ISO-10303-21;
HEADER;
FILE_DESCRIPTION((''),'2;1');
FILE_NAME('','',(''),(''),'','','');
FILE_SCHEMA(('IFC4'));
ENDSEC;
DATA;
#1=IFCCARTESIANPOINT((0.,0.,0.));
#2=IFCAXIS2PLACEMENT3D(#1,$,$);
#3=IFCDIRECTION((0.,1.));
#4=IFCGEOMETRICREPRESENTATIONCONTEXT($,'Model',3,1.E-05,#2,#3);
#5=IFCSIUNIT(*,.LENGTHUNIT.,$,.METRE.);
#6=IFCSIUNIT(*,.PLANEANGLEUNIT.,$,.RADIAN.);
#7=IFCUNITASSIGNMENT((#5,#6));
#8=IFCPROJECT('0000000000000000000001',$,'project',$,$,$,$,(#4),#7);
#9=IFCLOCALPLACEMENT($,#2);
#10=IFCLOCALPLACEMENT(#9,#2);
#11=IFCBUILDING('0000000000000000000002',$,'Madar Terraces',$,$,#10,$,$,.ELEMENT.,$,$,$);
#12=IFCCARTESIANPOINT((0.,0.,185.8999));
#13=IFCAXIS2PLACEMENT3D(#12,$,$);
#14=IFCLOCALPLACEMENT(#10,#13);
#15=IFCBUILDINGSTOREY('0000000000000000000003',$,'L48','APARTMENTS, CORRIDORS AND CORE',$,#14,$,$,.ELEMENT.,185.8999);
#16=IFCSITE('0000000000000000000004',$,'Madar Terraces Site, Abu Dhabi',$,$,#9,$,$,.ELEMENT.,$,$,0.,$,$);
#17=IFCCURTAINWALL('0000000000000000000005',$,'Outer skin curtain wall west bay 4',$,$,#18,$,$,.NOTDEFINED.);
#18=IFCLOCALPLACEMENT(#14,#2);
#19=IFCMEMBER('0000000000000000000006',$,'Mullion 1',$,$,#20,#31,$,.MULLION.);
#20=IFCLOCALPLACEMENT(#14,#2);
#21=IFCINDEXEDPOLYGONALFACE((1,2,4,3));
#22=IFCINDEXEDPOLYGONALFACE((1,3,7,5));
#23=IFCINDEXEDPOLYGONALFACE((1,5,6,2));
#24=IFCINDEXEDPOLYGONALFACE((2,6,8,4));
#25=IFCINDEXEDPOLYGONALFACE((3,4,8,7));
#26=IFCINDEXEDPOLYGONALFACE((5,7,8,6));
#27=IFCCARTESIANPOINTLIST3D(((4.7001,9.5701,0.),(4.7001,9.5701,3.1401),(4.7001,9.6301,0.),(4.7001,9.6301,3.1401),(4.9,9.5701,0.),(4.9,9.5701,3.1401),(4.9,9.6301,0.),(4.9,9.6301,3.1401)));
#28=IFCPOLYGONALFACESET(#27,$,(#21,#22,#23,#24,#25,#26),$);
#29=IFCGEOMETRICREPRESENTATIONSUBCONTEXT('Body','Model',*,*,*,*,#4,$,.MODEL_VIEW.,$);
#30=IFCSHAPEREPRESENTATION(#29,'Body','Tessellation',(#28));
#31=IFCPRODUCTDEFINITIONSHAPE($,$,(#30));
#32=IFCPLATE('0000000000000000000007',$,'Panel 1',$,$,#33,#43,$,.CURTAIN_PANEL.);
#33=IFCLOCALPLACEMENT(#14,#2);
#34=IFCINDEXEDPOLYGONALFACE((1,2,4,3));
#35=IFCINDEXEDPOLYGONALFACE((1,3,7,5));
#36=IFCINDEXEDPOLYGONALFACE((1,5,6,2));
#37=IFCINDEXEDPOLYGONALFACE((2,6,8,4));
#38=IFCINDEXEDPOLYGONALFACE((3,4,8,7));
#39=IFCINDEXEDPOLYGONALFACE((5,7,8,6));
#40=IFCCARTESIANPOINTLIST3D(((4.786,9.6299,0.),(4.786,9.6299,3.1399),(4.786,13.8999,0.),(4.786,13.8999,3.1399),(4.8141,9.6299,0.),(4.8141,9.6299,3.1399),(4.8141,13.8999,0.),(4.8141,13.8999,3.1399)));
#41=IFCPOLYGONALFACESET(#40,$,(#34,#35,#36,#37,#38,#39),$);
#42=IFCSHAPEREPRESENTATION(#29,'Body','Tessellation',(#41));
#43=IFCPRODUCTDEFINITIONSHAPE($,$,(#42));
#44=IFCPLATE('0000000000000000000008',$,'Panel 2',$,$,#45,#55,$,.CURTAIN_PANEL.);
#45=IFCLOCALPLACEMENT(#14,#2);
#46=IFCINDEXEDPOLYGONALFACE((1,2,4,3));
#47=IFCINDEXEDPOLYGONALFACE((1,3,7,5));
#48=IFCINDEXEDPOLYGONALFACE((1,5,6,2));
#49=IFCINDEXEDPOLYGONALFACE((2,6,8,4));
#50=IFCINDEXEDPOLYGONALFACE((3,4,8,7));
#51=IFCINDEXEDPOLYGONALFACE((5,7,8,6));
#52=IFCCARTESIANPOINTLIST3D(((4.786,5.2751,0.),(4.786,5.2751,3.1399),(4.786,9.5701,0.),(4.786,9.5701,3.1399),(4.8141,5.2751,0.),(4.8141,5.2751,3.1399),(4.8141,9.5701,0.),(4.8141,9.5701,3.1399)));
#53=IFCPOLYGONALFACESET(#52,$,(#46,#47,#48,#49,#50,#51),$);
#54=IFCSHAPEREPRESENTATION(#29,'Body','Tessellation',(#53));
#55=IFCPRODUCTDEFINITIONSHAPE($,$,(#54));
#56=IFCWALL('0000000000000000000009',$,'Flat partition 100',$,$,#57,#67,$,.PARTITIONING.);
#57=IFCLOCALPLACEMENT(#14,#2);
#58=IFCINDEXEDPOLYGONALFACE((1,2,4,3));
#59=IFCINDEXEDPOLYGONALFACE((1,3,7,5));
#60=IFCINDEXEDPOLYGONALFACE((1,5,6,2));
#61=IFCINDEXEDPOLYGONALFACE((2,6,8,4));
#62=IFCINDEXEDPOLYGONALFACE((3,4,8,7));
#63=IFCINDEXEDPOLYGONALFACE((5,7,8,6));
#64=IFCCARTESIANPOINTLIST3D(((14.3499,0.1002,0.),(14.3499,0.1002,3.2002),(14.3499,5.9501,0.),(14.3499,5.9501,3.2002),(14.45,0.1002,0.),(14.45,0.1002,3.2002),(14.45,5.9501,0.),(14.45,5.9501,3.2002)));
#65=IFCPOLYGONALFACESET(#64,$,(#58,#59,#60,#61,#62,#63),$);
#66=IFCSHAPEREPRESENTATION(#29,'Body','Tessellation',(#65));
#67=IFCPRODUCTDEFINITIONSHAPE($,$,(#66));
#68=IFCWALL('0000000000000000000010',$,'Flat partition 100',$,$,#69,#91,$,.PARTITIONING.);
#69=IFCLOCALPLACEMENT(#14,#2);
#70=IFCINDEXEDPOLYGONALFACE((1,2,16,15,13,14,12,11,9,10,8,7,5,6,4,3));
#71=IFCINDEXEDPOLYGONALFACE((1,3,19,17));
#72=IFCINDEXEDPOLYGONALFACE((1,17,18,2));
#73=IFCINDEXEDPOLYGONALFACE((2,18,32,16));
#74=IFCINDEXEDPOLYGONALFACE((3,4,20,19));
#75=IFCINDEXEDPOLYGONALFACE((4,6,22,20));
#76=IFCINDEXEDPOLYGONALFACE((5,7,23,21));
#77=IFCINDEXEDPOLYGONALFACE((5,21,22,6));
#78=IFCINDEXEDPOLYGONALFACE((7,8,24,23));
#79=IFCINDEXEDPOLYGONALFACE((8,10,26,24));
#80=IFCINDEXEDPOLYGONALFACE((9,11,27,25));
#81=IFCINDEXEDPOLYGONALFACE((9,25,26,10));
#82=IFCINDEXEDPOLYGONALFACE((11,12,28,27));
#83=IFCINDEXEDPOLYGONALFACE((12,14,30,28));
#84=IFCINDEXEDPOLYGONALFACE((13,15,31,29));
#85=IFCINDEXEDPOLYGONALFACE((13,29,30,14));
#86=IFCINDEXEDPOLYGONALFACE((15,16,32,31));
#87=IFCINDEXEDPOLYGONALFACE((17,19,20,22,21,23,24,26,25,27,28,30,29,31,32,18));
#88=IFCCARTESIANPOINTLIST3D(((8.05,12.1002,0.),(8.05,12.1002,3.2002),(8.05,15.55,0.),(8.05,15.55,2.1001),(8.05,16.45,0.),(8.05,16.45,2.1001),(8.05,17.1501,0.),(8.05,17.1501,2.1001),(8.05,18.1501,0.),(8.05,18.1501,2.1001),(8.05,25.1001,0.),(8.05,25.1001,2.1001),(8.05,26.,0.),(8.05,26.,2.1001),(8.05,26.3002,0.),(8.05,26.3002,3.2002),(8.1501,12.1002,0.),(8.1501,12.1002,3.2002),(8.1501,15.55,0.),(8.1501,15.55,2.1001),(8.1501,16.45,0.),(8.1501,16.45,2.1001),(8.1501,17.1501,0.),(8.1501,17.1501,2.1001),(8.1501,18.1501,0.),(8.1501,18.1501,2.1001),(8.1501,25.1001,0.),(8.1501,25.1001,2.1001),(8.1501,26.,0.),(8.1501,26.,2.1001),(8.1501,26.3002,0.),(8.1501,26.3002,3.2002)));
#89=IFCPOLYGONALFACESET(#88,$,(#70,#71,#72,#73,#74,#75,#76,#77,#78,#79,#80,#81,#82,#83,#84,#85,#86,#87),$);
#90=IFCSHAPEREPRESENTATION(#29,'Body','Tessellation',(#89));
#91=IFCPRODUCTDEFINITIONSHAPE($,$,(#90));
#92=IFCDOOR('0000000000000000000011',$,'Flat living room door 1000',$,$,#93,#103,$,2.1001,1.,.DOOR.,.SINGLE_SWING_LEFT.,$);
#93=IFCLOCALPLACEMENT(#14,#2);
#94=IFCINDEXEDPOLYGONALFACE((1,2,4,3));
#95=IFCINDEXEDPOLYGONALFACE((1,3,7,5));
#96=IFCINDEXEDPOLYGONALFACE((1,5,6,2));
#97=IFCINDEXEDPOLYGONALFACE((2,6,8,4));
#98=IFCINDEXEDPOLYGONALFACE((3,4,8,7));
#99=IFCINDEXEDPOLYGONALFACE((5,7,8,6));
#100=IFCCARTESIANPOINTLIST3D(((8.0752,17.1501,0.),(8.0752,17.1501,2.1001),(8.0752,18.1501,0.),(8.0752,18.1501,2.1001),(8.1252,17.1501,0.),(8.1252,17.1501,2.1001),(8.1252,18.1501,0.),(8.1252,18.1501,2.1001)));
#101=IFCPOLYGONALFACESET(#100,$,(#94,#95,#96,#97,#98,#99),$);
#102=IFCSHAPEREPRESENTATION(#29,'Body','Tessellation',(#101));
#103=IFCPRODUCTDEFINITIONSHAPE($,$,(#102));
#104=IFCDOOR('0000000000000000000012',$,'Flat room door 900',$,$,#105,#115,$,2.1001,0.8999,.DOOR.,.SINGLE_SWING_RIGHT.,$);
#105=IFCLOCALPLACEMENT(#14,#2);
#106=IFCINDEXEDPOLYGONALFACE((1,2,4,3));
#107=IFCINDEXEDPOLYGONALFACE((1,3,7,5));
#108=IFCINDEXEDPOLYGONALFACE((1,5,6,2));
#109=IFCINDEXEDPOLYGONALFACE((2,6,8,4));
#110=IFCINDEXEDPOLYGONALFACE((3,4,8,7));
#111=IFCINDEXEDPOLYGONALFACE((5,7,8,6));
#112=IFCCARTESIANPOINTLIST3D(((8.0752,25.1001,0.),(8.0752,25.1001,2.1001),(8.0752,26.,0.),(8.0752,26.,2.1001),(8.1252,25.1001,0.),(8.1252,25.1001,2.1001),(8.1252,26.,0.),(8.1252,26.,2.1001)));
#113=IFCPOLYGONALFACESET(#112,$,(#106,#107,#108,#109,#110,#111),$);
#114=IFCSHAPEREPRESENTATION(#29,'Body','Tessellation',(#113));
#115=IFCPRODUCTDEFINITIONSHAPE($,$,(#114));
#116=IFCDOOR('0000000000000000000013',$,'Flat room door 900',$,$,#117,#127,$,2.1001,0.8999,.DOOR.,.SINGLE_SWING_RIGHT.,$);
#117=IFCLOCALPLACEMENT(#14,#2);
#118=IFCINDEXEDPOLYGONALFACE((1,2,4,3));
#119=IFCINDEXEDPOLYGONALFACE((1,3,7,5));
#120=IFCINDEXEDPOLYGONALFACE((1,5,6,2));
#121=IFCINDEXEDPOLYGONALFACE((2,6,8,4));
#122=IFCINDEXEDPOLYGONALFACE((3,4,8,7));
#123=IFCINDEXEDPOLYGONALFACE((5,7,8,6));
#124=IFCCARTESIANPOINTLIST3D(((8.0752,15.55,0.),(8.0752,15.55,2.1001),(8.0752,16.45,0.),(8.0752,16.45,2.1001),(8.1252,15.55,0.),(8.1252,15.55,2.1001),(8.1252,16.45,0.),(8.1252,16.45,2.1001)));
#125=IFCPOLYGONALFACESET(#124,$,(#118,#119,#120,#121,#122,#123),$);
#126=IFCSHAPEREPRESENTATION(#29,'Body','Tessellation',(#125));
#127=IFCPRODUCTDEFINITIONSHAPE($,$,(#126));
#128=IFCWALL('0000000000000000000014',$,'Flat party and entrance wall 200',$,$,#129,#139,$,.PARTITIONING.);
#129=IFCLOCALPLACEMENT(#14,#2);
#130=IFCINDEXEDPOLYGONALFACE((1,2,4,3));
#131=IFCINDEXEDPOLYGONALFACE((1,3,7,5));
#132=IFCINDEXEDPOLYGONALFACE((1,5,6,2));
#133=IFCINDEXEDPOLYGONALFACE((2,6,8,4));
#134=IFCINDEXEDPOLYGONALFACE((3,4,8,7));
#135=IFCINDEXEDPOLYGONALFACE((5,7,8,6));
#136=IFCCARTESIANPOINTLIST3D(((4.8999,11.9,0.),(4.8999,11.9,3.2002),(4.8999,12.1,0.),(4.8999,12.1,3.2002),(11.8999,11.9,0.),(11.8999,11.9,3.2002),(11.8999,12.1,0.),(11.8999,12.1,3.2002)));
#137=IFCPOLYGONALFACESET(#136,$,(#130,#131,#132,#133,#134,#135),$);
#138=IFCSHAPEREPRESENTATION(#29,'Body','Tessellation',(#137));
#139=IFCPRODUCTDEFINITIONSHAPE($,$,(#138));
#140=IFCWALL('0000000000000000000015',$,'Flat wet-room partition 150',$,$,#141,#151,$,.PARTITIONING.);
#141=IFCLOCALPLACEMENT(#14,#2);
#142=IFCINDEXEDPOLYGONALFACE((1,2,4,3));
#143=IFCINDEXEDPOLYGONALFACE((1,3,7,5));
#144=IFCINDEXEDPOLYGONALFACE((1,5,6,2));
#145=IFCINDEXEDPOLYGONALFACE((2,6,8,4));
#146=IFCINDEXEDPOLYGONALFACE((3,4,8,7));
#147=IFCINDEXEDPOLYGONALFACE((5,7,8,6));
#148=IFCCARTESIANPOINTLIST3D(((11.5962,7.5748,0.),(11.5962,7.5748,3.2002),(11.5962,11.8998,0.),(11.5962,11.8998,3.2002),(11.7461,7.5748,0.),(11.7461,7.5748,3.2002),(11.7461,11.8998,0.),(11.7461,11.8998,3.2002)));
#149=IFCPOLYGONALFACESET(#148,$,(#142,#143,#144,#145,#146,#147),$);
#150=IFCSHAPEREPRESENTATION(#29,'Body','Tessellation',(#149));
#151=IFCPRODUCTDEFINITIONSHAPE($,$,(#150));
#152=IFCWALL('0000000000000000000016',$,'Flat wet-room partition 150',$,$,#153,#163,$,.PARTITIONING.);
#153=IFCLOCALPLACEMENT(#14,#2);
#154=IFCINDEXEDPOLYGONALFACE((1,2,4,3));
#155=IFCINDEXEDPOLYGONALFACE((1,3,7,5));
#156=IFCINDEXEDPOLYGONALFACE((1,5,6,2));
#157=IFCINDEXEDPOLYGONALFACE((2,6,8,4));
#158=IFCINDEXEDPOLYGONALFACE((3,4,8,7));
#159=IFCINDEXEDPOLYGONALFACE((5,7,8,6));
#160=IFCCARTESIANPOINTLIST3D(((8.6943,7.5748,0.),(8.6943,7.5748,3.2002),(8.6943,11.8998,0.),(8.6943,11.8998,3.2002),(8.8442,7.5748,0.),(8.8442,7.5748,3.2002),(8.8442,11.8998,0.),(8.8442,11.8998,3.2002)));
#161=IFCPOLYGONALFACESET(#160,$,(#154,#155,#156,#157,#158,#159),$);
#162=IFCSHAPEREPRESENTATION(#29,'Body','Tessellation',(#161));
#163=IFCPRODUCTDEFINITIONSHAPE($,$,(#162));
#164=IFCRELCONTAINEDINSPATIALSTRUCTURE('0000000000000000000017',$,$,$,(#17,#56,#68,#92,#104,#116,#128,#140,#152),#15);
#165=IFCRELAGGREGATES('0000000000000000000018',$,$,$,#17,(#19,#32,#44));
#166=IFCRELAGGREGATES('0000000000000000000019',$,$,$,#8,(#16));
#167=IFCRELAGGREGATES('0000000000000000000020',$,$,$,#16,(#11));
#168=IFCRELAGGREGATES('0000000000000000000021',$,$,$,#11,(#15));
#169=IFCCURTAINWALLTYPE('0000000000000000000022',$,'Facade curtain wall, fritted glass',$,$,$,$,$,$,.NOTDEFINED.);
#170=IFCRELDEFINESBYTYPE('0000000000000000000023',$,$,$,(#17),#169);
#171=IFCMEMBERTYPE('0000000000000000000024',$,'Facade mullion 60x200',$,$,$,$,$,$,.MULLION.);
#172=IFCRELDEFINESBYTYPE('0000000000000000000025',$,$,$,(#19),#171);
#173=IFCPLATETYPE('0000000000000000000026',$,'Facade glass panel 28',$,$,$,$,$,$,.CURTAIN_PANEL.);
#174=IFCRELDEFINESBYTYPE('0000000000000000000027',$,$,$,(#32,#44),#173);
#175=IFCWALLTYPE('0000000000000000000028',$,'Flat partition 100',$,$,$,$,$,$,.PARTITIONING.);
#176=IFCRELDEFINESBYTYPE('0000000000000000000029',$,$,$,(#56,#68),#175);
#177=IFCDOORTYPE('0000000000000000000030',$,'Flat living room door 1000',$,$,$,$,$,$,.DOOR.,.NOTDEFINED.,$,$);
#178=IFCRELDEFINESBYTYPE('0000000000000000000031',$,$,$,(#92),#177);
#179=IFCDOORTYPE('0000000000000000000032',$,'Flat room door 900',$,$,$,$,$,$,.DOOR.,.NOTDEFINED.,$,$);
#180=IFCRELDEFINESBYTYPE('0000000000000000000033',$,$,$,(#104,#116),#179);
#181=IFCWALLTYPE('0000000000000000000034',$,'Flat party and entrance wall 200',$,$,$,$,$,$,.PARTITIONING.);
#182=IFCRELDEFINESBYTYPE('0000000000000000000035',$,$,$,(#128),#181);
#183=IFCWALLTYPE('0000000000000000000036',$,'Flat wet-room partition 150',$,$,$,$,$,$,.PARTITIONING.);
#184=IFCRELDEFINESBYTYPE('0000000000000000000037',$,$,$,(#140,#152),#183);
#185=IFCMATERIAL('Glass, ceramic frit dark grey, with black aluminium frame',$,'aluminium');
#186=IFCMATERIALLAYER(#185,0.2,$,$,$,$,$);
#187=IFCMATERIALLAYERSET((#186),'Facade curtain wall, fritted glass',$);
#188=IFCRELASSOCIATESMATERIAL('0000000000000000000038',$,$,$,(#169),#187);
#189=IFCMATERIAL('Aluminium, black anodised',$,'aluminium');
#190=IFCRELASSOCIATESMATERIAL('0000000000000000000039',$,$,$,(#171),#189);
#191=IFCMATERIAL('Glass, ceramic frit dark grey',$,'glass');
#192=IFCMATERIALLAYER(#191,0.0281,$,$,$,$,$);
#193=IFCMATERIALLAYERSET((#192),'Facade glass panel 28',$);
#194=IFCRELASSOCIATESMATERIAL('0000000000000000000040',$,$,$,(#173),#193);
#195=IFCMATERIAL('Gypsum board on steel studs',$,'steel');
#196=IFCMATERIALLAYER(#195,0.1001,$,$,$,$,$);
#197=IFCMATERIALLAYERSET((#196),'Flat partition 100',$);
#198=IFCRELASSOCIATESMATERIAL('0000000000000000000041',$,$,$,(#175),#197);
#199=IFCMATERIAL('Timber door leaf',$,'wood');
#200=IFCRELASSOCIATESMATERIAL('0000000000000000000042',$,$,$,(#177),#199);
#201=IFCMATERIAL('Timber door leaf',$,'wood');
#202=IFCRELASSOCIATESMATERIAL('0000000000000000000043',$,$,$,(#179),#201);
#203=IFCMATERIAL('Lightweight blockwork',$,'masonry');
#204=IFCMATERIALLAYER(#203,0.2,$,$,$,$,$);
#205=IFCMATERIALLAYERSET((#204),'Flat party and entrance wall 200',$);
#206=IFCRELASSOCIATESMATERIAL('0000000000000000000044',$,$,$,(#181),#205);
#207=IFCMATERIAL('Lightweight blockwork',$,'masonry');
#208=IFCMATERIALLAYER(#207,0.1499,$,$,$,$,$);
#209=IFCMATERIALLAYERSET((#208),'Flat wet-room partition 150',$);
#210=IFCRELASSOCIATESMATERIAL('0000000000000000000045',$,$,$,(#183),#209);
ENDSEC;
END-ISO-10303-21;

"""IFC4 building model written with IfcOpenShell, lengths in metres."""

from ifc_helpers import new_model, si_unit, direction, frame, frame_2d, origin, origin_2d, place, context, subcontext, project, spatial, rectangle, extrude, material, layer, layer_set, material_profile, profile_set, type_object, element, fill, aggregate, save


model = new_model("IFC4")

# Units and contexts
model_context = context("Model", 3, precision=1e-05, world=origin(), true_north=direction((0.0, 1.0)))
body_context = subcontext(model_context, "Body", "Model", "MODEL_VIEW")
ifc_project = project(units=[si_unit("LENGTHUNIT", "METRE"), si_unit("PLANEANGLEUNIT", "RADIAN")], contexts=[model_context])

# Site, building, storey
site_placement = place(None, origin())
site = spatial("IfcSite", under=ifc_project, at=site_placement, Name="Madar Terraces Site, Abu Dhabi", CompositionType="ELEMENT", RefElevation=0.0)
building_placement = place(site_placement, origin())
building = spatial("IfcBuilding", under=site, at=building_placement, Name="Madar Terraces", CompositionType="ELEMENT")
storey_placement = place(building_placement, frame((0.0, 0.0, 185.8999)))
storey = spatial("IfcBuildingStorey", under=building, at=storey_placement, Name="L48", Description="APARTMENTS, CORRIDORS AND CORE", CompositionType="ELEMENT", Elevation=185.8999)

# Curtain wall, member, plates
ifc_material_1 = material(Name="Glass, ceramic frit dark grey, with black aluminium frame", Category="aluminium")
ifc_layer_1 = layer(ifc_material_1, 0.2)
ifc_layer_set_1 = layer_set([ifc_layer_1], Name="Facade curtain wall, fritted glass")
curtain_wall_type = type_object("IfcCurtainWallType", Name="Facade curtain wall, fritted glass", PredefinedType="NOTDEFINED", material=ifc_layer_set_1)
curtain_wall_placement = place(storey_placement, origin())
curtain_wall = element("IfcCurtainWall", 1, at=curtain_wall_placement, inside=storey, type_object=curtain_wall_type, Name="Outer skin curtain wall west bay 4", PredefinedType="NOTDEFINED")
ifc_material_2 = material(Name="Aluminium, black anodised", Category="aluminium")
ifc_material_profile = material_profile(ifc_material_2, rectangle(XDim=0.2, YDim=0.0601, at=origin_2d()), Name="Facade mullion 60x200")
ifc_profile_set = profile_set([ifc_material_profile], Name="Aluminium, black anodised")
member_type = type_object("IfcMemberType", Name="Facade mullion 60x200", PredefinedType="MULLION", material=ifc_profile_set)
member_placement = place(storey_placement, frame((4.8, 9.6001, 0.0), z_axis=(0.0, 0.0, 1.0), x_axis=(1.0, 0.0, 0.0)))
member = element("IfcMember", 2, at=member_placement, type_object=member_type, Name="Mullion 1", PredefinedType="MULLION", context=body_context, shape_type="SweptSolid", body=[
    extrude(rectangle(XDim=0.2, YDim=0.0601, at=origin_2d()), origin(), (0.0, 0.0, 1.0), 3.1401),
])
ifc_material_3 = material(Name="Glass, ceramic frit dark grey", Category="glass")
ifc_layer_2 = layer(ifc_material_3, 0.0281)
ifc_layer_set_2 = layer_set([ifc_layer_2], Name="Facade glass panel 28")
plate_type = type_object("IfcPlateType", Name="Facade glass panel 28", PredefinedType="CURTAIN_PANEL", material=ifc_layer_set_2)
plate_1_placement = place(storey_placement, frame((4.8, 11.7649, 0.0), z_axis=(0.0, 0.0, 1.0), x_axis=(0.0, -1.0, 0.0)))
plate_1 = element("IfcPlate", 3, at=plate_1_placement, type_object=plate_type, Name="Panel 1", PredefinedType="CURTAIN_PANEL", context=body_context, shape_type="SweptSolid", body=[
    extrude(rectangle(XDim=4.27, YDim=0.0281, at=origin_2d()), origin(), (0.0, 0.0, 1.0), 3.1399),
])
plate_2_placement = place(storey_placement, frame((4.8, 7.4226, 0.0), z_axis=(0.0, 0.0, 1.0), x_axis=(0.0, -1.0, 0.0)))
plate_2 = element("IfcPlate", 4, at=plate_2_placement, type_object=plate_type, Name="Panel 2", PredefinedType="CURTAIN_PANEL", context=body_context, shape_type="SweptSolid", body=[
    extrude(rectangle(XDim=4.2949, YDim=0.0281, at=origin_2d()), origin(), (0.0, 0.0, 1.0), 3.1399),
])
aggregate(curtain_wall, [member, plate_1, plate_2])

# Wall
ifc_material_4 = material(Name="Gypsum board on steel studs", Category="steel")
ifc_layer_3 = layer(ifc_material_4, 0.1001)
ifc_layer_set_3 = layer_set([ifc_layer_3], Name="Flat partition 100")
wall_type_1 = type_object("IfcWallType", Name="Flat partition 100", PredefinedType="PARTITIONING", material=ifc_layer_set_3)
wall_1_placement = place(storey_placement, frame((14.3999, 5.95, 0.0), z_axis=(0.0, 0.0, 1.0), x_axis=(0.0, -1.0, 0.0)))
element("IfcWall", 5, at=wall_1_placement, inside=storey, type_object=wall_type_1, Name="Flat partition 100", PredefinedType="PARTITIONING", context=body_context, shape_type="SweptSolid", body=[
    extrude(rectangle(XDim=5.8499, YDim=0.1001, at=frame_2d((2.9248, 0.0))), origin(), (0.0, 0.0, 1.0), 3.2002),
])

# Wall, openings, doors
wall_2_placement = place(storey_placement, frame((8.1001, 12.1001, 0.0), z_axis=(0.0, 0.0, 1.0), x_axis=(0.0, 1.0, 0.0)))
wall_2 = element("IfcWall", 6, at=wall_2_placement, inside=storey, type_object=wall_type_1, Name="Flat partition 100", PredefinedType="PARTITIONING", context=body_context, shape_type="SweptSolid", body=[
    extrude(rectangle(XDim=14.2, YDim=0.1001, at=frame_2d((7.1001, 0.0))), origin(), (0.0, 0.0, 1.0), 3.2002),
])
opening_1_placement = place(wall_2_placement, frame((13.0, 0.0, 0.0)))
opening_1 = element("IfcOpeningElement", 7, at=opening_1_placement, cuts=wall_2, PredefinedType="OPENING", context=body_context, shape_type="SweptSolid", body=[
    extrude(rectangle(XDim=0.8999, YDim=2.1001, at=frame_2d((0.45, 1.05))), frame((0.0, 0.0601, 0.0), z_axis=(0.0, -1.0, 0.0), x_axis=(1.0, 0.0, 0.0)), (0.0, 0.0, 1.0), 0.1201),
])
opening_2_placement = place(wall_2_placement, frame((5.05, 0.0, 0.0)))
opening_2 = element("IfcOpeningElement", 8, at=opening_2_placement, cuts=wall_2, PredefinedType="OPENING", context=body_context, shape_type="SweptSolid", body=[
    extrude(rectangle(XDim=1.0, YDim=2.1001, at=frame_2d((0.5, 1.05))), frame((0.0, 0.0601, 0.0), z_axis=(0.0, -1.0, 0.0), x_axis=(1.0, 0.0, 0.0)), (0.0, 0.0, 1.0), 0.1201),
])
opening_3_placement = place(wall_2_placement, frame((3.45, 0.0, 0.0)))
opening_3 = element("IfcOpeningElement", 9, at=opening_3_placement, cuts=wall_2, PredefinedType="OPENING", context=body_context, shape_type="SweptSolid", body=[
    extrude(rectangle(XDim=0.8999, YDim=2.1001, at=frame_2d((0.45, 1.05))), frame((0.0, 0.0601, 0.0), z_axis=(0.0, -1.0, 0.0), x_axis=(1.0, 0.0, 0.0)), (0.0, 0.0, 1.0), 0.1201),
])
ifc_material_5 = material(Name="Timber door leaf", Category="wood")
door_type_1 = type_object("IfcDoorType", Name="Flat living room door 1000", OperationType="NOTDEFINED", PredefinedType="DOOR", material=ifc_material_5)
door_1_placement = place(opening_2_placement, origin())
door_1 = element("IfcDoor", 10, at=door_1_placement, inside=storey, type_object=door_type_1, Name="Flat living room door 1000", OperationType="SINGLE_SWING_LEFT", OverallHeight=2.1001, OverallWidth=1.0, PredefinedType="DOOR", context=body_context, shape_type="SweptSolid", body=[
    extrude(rectangle(XDim=1.0, YDim=2.1001, at=frame_2d((0.5, 1.05))), frame((0.0, 0.0249, 0.0), z_axis=(0.0, -1.0, 0.0), x_axis=(1.0, 0.0, 0.0)), (0.0, 0.0, 1.0), 0.05),
])
fill(opening_2, door_1)
ifc_material_6 = material(Name="Timber door leaf", Category="wood")
door_type_2 = type_object("IfcDoorType", Name="Flat room door 900", OperationType="NOTDEFINED", PredefinedType="DOOR", material=ifc_material_6)
door_2_placement = place(opening_1_placement, origin())
door_2 = element("IfcDoor", 11, at=door_2_placement, inside=storey, type_object=door_type_2, Name="Flat room door 900", OperationType="SINGLE_SWING_RIGHT", OverallHeight=2.1001, OverallWidth=0.8999, PredefinedType="DOOR", context=body_context, shape_type="SweptSolid", body=[
    extrude(rectangle(XDim=0.8999, YDim=2.1001, at=frame_2d((0.45, 1.05))), frame((0.0, 0.0249, 0.0), z_axis=(0.0, -1.0, 0.0), x_axis=(1.0, 0.0, 0.0)), (0.0, 0.0, 1.0), 0.05),
])
fill(opening_1, door_2)
door_3_placement = place(opening_3_placement, origin())
door_3 = element("IfcDoor", 12, at=door_3_placement, inside=storey, type_object=door_type_2, Name="Flat room door 900", OperationType="SINGLE_SWING_RIGHT", OverallHeight=2.1001, OverallWidth=0.8999, PredefinedType="DOOR", context=body_context, shape_type="SweptSolid", body=[
    extrude(rectangle(XDim=0.8999, YDim=2.1001, at=frame_2d((0.45, 1.05))), frame((0.0, 0.0249, 0.0), z_axis=(0.0, -1.0, 0.0), x_axis=(1.0, 0.0, 0.0)), (0.0, 0.0, 1.0), 0.05),
])
fill(opening_3, door_3)

# Walls
ifc_material_7 = material(Name="Lightweight blockwork", Category="masonry")
ifc_layer_4 = layer(ifc_material_7, 0.2)
ifc_layer_set_4 = layer_set([ifc_layer_4], Name="Flat party and entrance wall 200")
wall_type_2 = type_object("IfcWallType", Name="Flat party and entrance wall 200", PredefinedType="PARTITIONING", material=ifc_layer_set_4)
wall_3_placement = place(storey_placement, frame((4.8999, 12.0, 0.0), z_axis=(0.0, 0.0, 1.0), x_axis=(1.0, 0.0, 0.0)))
element("IfcWall", 13, at=wall_3_placement, inside=storey, type_object=wall_type_2, Name="Flat party and entrance wall 200", PredefinedType="PARTITIONING", context=body_context, shape_type="SweptSolid", body=[
    extrude(rectangle(XDim=7.0, YDim=0.2, at=frame_2d((3.5, 0.0))), origin(), (0.0, 0.0, 1.0), 3.2002),
])
ifc_material_8 = material(Name="Lightweight blockwork", Category="masonry")
ifc_layer_5 = layer(ifc_material_8, 0.1499)
ifc_layer_set_5 = layer_set([ifc_layer_5], Name="Flat wet-room partition 150")
wall_type_3 = type_object("IfcWallType", Name="Flat wet-room partition 150", PredefinedType="PARTITIONING", material=ifc_layer_set_5)
for number, where, z_axis, x_axis, name in (
    (14, (11.6711, 11.8999, 0.0), (0.0, 0.0, 1.0), (0.0, -1.0, 0.0), "Flat wet-room partition 150"),
    (15, (8.7693, 11.8999, 0.0), (0.0, 0.0, 1.0), (0.0, -1.0, 0.0), "Flat wet-room partition 150"),
):
    element("IfcWall", number, at=place(storey_placement, frame(where, z_axis=z_axis, x_axis=x_axis)), inside=storey, type_object=wall_type_3, Name=name, PredefinedType="PARTITIONING", context=body_context, shape_type="SweptSolid", body=[
        extrude(rectangle(XDim=4.325, YDim=0.1499, at=frame_2d((2.1626, 0.0))), origin(), (0.0, 0.0, 1.0), 3.2002),
    ])

save(model, "model.ifc")
